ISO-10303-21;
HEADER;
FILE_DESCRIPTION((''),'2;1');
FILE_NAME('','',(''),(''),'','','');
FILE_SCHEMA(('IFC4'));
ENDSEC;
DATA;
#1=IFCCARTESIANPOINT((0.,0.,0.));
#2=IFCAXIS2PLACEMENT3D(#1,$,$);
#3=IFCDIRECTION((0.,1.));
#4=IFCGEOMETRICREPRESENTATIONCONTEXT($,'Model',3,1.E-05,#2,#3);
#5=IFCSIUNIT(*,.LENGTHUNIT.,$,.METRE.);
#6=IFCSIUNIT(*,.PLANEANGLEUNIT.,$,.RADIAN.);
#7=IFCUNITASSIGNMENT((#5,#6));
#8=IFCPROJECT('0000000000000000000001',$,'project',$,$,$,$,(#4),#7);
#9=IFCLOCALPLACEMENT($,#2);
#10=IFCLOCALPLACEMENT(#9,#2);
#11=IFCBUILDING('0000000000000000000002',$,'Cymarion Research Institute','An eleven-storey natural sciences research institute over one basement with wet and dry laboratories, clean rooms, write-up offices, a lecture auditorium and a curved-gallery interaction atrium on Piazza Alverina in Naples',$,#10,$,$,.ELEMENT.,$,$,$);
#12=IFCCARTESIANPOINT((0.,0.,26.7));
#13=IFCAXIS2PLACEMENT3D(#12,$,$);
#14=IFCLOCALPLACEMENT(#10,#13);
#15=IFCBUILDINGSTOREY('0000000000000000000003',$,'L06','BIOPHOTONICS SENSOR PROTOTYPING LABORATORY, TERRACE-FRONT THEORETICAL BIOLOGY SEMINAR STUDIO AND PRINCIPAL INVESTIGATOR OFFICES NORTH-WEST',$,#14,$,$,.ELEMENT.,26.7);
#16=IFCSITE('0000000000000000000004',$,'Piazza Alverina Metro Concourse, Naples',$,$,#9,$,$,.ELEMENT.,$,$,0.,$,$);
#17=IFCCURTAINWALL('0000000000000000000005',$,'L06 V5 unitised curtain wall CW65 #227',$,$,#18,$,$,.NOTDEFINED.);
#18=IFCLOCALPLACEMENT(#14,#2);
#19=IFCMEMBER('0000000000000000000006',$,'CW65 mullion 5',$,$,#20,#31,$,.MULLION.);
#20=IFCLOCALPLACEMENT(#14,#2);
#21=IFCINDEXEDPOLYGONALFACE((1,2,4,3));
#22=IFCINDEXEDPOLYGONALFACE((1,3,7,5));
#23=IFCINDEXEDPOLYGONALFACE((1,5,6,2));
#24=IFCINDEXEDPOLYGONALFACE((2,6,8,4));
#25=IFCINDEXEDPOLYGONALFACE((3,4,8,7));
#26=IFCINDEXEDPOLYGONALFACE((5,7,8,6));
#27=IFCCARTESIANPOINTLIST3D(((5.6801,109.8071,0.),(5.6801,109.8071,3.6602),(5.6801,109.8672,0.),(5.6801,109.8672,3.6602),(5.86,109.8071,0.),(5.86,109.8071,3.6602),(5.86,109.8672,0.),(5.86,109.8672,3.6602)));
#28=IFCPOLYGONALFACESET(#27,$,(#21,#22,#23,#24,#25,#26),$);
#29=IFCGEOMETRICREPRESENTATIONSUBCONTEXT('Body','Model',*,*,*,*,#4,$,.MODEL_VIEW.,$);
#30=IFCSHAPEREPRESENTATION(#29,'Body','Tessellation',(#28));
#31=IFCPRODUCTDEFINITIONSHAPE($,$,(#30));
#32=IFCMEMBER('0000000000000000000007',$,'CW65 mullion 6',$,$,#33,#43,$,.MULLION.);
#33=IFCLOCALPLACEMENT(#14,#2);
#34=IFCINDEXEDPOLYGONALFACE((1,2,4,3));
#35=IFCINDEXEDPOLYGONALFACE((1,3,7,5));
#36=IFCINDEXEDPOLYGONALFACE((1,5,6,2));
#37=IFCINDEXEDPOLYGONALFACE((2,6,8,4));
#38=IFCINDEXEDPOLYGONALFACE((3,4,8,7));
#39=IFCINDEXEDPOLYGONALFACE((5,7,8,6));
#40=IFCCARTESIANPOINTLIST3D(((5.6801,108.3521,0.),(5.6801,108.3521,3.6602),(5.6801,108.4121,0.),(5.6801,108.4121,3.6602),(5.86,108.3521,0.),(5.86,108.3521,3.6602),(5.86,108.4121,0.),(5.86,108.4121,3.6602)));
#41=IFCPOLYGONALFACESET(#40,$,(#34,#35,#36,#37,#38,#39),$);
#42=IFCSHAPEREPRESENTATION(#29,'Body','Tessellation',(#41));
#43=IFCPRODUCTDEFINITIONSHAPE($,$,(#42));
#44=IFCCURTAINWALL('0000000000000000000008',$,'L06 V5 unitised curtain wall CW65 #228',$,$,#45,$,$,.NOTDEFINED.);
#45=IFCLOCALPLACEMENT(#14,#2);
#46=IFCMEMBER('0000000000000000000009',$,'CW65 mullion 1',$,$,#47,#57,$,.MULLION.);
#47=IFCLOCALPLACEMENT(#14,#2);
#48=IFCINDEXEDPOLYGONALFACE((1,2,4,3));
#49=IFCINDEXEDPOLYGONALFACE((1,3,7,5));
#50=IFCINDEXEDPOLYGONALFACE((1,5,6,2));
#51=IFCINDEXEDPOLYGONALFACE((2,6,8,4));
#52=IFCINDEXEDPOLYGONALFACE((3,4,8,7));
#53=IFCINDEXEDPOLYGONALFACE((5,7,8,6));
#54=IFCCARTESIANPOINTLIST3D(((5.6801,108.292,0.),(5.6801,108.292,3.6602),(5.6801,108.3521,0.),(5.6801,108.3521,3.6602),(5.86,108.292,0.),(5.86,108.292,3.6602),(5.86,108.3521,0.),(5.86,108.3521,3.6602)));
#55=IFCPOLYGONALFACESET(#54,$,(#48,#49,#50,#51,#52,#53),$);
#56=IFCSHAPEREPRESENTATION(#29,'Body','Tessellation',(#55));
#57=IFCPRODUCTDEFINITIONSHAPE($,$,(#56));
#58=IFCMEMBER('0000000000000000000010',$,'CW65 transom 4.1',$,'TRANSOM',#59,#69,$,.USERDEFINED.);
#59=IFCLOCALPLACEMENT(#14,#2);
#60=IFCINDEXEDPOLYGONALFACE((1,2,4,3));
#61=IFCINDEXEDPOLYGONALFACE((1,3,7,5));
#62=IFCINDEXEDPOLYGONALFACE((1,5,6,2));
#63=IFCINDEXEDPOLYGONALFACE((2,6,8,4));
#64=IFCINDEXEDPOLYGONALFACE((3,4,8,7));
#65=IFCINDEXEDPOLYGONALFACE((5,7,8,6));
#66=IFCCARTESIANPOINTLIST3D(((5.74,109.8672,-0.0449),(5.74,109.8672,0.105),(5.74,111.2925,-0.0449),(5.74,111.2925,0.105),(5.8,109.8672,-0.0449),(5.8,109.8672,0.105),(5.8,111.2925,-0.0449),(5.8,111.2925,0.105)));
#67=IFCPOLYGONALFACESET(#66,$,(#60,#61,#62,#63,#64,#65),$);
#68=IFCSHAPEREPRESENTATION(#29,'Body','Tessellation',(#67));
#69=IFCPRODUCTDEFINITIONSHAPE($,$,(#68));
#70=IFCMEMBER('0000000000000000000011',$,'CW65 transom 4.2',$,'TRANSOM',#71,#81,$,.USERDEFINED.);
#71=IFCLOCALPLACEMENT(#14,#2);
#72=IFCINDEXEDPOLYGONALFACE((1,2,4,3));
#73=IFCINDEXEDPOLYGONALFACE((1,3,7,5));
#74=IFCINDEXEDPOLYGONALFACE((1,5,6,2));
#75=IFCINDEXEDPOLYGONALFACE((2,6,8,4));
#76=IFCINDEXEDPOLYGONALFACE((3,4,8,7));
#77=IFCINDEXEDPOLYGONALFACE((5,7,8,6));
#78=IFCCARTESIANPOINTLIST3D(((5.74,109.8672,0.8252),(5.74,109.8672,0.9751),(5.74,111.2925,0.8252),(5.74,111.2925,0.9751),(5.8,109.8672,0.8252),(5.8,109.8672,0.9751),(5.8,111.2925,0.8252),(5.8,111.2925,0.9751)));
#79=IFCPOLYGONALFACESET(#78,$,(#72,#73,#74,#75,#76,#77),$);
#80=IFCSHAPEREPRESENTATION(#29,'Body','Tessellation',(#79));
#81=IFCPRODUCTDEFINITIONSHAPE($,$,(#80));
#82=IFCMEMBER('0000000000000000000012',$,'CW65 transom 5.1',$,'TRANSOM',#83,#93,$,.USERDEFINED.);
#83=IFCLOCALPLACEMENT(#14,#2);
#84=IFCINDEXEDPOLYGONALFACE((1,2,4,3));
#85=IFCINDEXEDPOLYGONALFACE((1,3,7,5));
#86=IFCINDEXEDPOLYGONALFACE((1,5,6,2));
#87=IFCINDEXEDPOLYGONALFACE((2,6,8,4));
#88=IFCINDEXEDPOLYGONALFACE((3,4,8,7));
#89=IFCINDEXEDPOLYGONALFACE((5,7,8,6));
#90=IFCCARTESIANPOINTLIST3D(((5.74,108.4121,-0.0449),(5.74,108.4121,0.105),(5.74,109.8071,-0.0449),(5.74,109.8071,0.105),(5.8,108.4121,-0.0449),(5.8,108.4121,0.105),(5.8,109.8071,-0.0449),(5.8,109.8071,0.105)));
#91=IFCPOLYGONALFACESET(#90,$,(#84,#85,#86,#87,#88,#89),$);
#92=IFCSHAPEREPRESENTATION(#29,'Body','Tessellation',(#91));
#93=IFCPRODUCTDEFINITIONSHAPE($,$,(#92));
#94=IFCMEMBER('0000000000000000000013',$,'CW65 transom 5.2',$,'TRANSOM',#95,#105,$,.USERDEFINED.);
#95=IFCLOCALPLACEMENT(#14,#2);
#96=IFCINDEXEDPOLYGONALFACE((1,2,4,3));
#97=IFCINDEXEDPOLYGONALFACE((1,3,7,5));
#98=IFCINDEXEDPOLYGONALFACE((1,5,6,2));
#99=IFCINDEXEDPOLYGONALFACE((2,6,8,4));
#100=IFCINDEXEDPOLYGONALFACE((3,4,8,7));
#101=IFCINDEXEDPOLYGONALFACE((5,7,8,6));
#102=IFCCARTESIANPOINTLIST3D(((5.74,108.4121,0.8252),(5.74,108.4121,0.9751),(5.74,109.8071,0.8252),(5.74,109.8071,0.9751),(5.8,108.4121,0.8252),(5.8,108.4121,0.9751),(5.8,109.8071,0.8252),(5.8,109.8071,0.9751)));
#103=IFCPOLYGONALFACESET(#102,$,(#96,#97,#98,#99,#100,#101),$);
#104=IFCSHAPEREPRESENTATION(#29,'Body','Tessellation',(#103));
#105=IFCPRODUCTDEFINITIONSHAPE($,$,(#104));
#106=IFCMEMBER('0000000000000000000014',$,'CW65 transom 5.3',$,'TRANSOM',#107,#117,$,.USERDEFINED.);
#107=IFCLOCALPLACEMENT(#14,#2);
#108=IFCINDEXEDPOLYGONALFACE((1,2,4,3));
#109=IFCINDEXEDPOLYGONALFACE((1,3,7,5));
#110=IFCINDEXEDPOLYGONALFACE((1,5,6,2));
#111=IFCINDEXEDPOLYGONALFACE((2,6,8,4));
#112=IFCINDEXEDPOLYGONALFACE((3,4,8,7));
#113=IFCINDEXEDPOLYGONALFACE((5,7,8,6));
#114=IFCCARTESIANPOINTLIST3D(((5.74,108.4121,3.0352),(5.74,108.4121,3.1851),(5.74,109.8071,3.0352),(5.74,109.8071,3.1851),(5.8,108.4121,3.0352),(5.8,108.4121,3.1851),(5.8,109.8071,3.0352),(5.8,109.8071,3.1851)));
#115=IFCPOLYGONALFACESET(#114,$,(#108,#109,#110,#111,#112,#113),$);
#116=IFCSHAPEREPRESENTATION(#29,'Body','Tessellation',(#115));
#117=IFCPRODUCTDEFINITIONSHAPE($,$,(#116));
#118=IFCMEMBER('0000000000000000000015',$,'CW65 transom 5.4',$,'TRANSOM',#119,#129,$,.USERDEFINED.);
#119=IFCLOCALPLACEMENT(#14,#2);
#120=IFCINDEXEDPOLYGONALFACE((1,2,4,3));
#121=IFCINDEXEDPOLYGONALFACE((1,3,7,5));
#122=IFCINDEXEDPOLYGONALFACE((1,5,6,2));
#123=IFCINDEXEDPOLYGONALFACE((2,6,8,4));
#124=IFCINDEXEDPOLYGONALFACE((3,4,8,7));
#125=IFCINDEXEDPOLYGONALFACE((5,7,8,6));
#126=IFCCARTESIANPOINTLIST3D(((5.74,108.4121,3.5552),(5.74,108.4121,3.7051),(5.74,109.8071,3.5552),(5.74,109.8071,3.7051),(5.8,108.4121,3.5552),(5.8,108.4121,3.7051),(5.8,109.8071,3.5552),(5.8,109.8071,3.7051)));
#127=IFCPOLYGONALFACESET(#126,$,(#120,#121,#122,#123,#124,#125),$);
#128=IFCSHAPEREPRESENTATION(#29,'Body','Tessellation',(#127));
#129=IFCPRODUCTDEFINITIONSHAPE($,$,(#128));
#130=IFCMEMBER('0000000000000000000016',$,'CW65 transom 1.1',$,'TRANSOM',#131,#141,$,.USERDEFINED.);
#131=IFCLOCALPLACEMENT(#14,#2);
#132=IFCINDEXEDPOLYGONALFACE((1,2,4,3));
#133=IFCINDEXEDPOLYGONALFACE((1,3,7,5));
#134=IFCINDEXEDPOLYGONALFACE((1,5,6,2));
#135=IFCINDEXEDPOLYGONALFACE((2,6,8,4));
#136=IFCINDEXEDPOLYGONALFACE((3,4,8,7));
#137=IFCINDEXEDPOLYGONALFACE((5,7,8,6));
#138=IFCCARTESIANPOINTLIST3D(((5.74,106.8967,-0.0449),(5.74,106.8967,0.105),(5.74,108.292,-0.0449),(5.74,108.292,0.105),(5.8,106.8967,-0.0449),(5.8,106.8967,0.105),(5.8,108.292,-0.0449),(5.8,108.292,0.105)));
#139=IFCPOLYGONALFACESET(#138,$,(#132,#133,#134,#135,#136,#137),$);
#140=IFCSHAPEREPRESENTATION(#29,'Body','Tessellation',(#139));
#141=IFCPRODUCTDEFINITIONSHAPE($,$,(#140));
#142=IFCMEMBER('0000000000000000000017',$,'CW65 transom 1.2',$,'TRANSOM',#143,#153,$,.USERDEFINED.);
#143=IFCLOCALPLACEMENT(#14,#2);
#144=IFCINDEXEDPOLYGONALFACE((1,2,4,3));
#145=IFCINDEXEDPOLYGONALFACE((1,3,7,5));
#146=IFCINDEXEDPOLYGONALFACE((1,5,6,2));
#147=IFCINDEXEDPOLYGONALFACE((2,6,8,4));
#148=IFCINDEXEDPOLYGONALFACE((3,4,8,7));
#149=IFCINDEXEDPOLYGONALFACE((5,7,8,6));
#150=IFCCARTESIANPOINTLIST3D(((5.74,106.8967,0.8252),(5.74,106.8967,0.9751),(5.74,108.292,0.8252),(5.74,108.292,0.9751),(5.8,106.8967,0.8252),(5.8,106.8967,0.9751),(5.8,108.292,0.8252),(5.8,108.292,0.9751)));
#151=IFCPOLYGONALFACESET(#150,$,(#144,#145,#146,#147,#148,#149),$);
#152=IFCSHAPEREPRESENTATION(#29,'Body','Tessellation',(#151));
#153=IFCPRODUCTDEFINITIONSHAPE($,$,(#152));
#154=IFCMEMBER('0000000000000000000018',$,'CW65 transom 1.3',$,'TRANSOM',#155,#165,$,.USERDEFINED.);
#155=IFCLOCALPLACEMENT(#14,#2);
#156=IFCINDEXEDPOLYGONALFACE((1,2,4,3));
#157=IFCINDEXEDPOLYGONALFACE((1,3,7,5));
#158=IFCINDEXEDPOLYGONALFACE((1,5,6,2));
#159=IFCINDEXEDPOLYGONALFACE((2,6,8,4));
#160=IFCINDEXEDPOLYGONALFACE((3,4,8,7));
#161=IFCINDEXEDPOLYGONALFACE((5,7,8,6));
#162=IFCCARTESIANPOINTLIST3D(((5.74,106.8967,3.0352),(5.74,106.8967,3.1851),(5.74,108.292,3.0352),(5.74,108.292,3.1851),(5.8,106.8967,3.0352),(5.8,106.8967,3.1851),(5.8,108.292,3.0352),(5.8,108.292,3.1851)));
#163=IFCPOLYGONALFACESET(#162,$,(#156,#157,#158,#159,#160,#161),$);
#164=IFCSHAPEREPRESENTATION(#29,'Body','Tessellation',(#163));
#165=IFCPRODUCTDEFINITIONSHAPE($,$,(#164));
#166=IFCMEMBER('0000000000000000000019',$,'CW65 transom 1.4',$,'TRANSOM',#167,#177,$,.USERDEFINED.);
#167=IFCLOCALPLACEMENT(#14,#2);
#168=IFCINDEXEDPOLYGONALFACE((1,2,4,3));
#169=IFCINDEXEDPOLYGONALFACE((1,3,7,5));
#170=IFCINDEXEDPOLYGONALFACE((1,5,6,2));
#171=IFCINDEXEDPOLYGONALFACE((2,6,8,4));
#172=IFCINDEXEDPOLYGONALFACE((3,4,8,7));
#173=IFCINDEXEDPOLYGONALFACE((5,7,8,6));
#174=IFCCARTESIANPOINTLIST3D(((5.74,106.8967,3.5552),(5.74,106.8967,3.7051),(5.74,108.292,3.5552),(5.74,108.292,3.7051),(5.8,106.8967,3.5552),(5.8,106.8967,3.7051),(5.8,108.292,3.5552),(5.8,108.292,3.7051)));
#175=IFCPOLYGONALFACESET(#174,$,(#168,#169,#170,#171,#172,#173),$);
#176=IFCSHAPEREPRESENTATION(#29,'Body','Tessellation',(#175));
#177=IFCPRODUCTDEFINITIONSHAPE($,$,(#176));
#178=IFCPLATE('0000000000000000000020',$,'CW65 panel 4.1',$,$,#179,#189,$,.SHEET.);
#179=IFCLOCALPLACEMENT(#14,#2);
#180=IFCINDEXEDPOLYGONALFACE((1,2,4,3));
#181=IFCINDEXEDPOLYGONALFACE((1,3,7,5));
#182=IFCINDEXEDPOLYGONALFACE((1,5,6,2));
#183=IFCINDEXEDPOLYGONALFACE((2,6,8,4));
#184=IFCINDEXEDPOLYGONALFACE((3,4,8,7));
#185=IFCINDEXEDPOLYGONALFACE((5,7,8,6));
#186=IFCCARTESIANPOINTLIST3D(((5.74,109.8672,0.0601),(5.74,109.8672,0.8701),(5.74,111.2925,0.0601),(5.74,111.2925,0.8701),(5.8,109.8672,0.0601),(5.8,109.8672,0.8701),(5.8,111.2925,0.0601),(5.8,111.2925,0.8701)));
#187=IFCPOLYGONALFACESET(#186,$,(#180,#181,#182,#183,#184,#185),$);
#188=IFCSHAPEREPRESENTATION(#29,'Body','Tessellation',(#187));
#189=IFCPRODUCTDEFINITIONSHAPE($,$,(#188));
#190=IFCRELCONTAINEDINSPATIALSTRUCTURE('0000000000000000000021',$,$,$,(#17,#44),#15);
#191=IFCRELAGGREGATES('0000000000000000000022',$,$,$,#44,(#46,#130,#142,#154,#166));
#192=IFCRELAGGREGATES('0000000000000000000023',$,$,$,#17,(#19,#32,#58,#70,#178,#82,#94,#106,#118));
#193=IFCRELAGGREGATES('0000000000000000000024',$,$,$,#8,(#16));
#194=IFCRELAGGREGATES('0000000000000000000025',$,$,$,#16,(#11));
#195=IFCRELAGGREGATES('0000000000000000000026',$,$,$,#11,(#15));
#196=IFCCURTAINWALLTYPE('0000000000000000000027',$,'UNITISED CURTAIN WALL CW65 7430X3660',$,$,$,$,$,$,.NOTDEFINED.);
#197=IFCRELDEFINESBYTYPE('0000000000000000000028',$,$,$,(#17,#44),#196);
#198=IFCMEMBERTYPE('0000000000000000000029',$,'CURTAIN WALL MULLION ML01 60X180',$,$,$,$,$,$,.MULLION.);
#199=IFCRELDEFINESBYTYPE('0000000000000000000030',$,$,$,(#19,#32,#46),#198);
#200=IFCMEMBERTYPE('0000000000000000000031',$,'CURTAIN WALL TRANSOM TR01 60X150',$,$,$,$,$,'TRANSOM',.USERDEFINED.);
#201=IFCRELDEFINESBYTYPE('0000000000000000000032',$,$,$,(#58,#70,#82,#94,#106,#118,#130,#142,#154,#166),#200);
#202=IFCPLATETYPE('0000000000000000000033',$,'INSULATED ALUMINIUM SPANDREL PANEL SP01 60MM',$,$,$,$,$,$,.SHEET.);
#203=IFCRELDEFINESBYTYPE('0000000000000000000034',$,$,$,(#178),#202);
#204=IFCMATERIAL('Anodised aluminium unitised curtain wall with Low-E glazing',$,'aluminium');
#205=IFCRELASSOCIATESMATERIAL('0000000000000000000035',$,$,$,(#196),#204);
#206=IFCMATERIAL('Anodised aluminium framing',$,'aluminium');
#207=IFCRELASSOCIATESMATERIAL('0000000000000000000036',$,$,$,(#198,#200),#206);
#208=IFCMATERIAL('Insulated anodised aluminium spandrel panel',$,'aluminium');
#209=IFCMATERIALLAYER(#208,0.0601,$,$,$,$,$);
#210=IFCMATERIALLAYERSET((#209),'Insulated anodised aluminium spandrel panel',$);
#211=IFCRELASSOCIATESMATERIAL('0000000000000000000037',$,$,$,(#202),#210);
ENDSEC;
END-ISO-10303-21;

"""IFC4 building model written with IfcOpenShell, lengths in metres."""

from ifc_helpers import new_model, si_unit, direction, frame, origin, origin_2d, place, context, subcontext, project, spatial, rectangle, extrude, material, layer, layer_set, material_profile, profile_set, type_object, element, aggregate, save


model = new_model("IFC4")

# Units and contexts
model_context = context("Model", 3, precision=1e-05, world=origin(), true_north=direction((0.0, 1.0)))
body_context = subcontext(model_context, "Body", "Model", "MODEL_VIEW")
ifc_project = project(units=[si_unit("LENGTHUNIT", "METRE"), si_unit("PLANEANGLEUNIT", "RADIAN")], contexts=[model_context])

# Site, building, storey
site_placement = place(None, origin())
site = spatial("IfcSite", under=ifc_project, at=site_placement, Name="Piazza Alverina Metro Concourse, Naples", CompositionType="ELEMENT", RefElevation=0.0)
building_placement = place(site_placement, origin())
building = spatial("IfcBuilding", under=site, at=building_placement, Name="Cymarion Research Institute", Description="An eleven-storey natural sciences research institute over one basement with wet and dry laboratories, clean rooms, write-up offices, a lecture auditorium and a curved-gallery interaction atrium on Piazza Alverina in Naples", CompositionType="ELEMENT")
storey_placement = place(building_placement, frame((0.0, 0.0, 26.7)))
storey = spatial("IfcBuildingStorey", under=building, at=storey_placement, Name="L06", Description="BIOPHOTONICS SENSOR PROTOTYPING LABORATORY, TERRACE-FRONT THEORETICAL BIOLOGY SEMINAR STUDIO AND PRINCIPAL INVESTIGATOR OFFICES NORTH-WEST", CompositionType="ELEMENT", Elevation=26.7)

# Curtain wall, members
ifc_material_1 = material(Name="Anodised aluminium unitised curtain wall with Low-E glazing", Category="aluminium")
curtain_wall_type = type_object("IfcCurtainWallType", Name="UNITISED CURTAIN WALL CW65 7430X3660", PredefinedType="NOTDEFINED", material=ifc_material_1)
curtain_wall_1_placement = place(storey_placement, origin())
curtain_wall_1 = element("IfcCurtainWall", 1, at=curtain_wall_1_placement, inside=storey, type_object=curtain_wall_type, Name="L06 V5 unitised curtain wall CW65 #227", PredefinedType="NOTDEFINED")
ifc_material_2 = material(Name="Anodised aluminium framing", Category="aluminium")
ifc_material_profile_1 = material_profile(ifc_material_2, rectangle(XDim=0.0601, YDim=0.1799, at=origin_2d()), Name="ALU MULLION 60x180")
ifc_profile_set_1 = profile_set([ifc_material_profile_1], Name="Anodised aluminium framing")
member_type_1 = type_object("IfcMemberType", Name="CURTAIN WALL MULLION ML01 60X180", PredefinedType="MULLION", material=ifc_profile_set_1)
member_1_placement = place(storey_placement, frame((5.77, 109.8372, 0.0), z_axis=(0.0, 0.0, 1.0), x_axis=(0.0, -1.0, 0.0)))
member_1 = element("IfcMember", 2, at=member_1_placement, type_object=member_type_1, Name="CW65 mullion 5", PredefinedType="MULLION", context=body_context, shape_type="SweptSolid", body=[
    extrude(rectangle(XDim=0.0601, YDim=0.1799, at=origin_2d()), origin(), (0.0, 0.0, 1.0), 3.6602),
])
member_2_placement = place(storey_placement, frame((5.77, 108.3821, 0.0), z_axis=(0.0, 0.0, 1.0), x_axis=(0.0, -1.0, 0.0)))
member_2 = element("IfcMember", 3, at=member_2_placement, type_object=member_type_1, Name="CW65 mullion 6", PredefinedType="MULLION", context=body_context, shape_type="SweptSolid", body=[
    extrude(rectangle(XDim=0.0601, YDim=0.1799, at=origin_2d()), origin(), (0.0, 0.0, 1.0), 3.6602),
])

# Curtain wall, member
curtain_wall_2_placement = place(storey_placement, origin())
curtain_wall_2 = element("IfcCurtainWall", 4, at=curtain_wall_2_placement, inside=storey, type_object=curtain_wall_type, Name="L06 V5 unitised curtain wall CW65 #228", PredefinedType="NOTDEFINED")
member_3_placement = place(storey_placement, frame((5.77, 108.322, 0.0), z_axis=(0.0, 0.0, 1.0), x_axis=(0.0, -1.0, 0.0)))
member_3 = element("IfcMember", 5, at=member_3_placement, type_object=member_type_1, Name="CW65 mullion 1", PredefinedType="MULLION", context=body_context, shape_type="SweptSolid", body=[
    extrude(rectangle(XDim=0.0601, YDim=0.1799, at=origin_2d()), origin(), (0.0, 0.0, 1.0), 3.6602),
])

# Members
ifc_material_profile_2 = material_profile(ifc_material_2, rectangle(XDim=0.0601, YDim=0.1499, at=origin_2d()), Name="ALU TRANSOM 60x150")
ifc_profile_set_2 = profile_set([ifc_material_profile_2], Name="Anodised aluminium framing")
member_type_2 = type_object("IfcMemberType", Name="CURTAIN WALL TRANSOM TR01 60X150", ElementType="TRANSOM", PredefinedType="USERDEFINED", material=ifc_profile_set_2)
member_4_placement = place(storey_placement, frame((5.77, 111.2925, 0.03), z_axis=(0.0, -1.0, 0.0), x_axis=(1.0, 0.0, 0.0)))
member_4 = element("IfcMember", 6, at=member_4_placement, type_object=member_type_2, Name="CW65 transom 4.1", ObjectType="TRANSOM", PredefinedType="USERDEFINED", context=body_context, shape_type="SweptSolid", body=[
    extrude(rectangle(XDim=0.0601, YDim=0.1499, at=origin_2d()), origin(), (0.0, 0.0, 1.0), 1.4253),
])
member_5_placement = place(storey_placement, frame((5.77, 111.2925, 0.9001), z_axis=(0.0, -1.0, 0.0), x_axis=(1.0, 0.0, 0.0)))
member_5 = element("IfcMember", 7, at=member_5_placement, type_object=member_type_2, Name="CW65 transom 4.2", ObjectType="TRANSOM", PredefinedType="USERDEFINED", context=body_context, shape_type="SweptSolid", body=[
    extrude(rectangle(XDim=0.0601, YDim=0.1499, at=origin_2d()), origin(), (0.0, 0.0, 1.0), 1.4253),
])
member_6_placement = place(storey_placement, frame((5.77, 109.8071, 0.03), z_axis=(0.0, -1.0, 0.0), x_axis=(1.0, 0.0, 0.0)))
member_6 = element("IfcMember", 8, at=member_6_placement, type_object=member_type_2, Name="CW65 transom 5.1", ObjectType="TRANSOM", PredefinedType="USERDEFINED", context=body_context, shape_type="SweptSolid", body=[
    extrude(rectangle(XDim=0.0601, YDim=0.1499, at=origin_2d()), origin(), (0.0, 0.0, 1.0), 1.395),
])
member_7_placement = place(storey_placement, frame((5.77, 109.8071, 0.9001), z_axis=(0.0, -1.0, 0.0), x_axis=(1.0, 0.0, 0.0)))
member_7 = element("IfcMember", 9, at=member_7_placement, type_object=member_type_2, Name="CW65 transom 5.2", ObjectType="TRANSOM", PredefinedType="USERDEFINED", context=body_context, shape_type="SweptSolid", body=[
    extrude(rectangle(XDim=0.0601, YDim=0.1499, at=origin_2d()), origin(), (0.0, 0.0, 1.0), 1.395),
])
member_8_placement = place(storey_placement, frame((5.77, 109.8071, 3.1101), z_axis=(0.0, -1.0, 0.0), x_axis=(1.0, 0.0, 0.0)))
member_8 = element("IfcMember", 10, at=member_8_placement, type_object=member_type_2, Name="CW65 transom 5.3", ObjectType="TRANSOM", PredefinedType="USERDEFINED", context=body_context, shape_type="SweptSolid", body=[
    extrude(rectangle(XDim=0.0601, YDim=0.1499, at=origin_2d()), origin(), (0.0, 0.0, 1.0), 1.395),
])
member_9_placement = place(storey_placement, frame((5.77, 109.8071, 3.6301), z_axis=(0.0, -1.0, 0.0), x_axis=(1.0, 0.0, 0.0)))
member_9 = element("IfcMember", 11, at=member_9_placement, type_object=member_type_2, Name="CW65 transom 5.4", ObjectType="TRANSOM", PredefinedType="USERDEFINED", context=body_context, shape_type="SweptSolid", body=[
    extrude(rectangle(XDim=0.0601, YDim=0.1499, at=origin_2d()), origin(), (0.0, 0.0, 1.0), 1.395),
])
member_10_placement = place(storey_placement, frame((5.77, 108.292, 0.03), z_axis=(0.0, -1.0, 0.0), x_axis=(1.0, 0.0, 0.0)))
member_10 = element("IfcMember", 12, at=member_10_placement, type_object=member_type_2, Name="CW65 transom 1.1", ObjectType="TRANSOM", PredefinedType="USERDEFINED", context=body_context, shape_type="SweptSolid", body=[
    extrude(rectangle(XDim=0.0601, YDim=0.1499, at=origin_2d()), origin(), (0.0, 0.0, 1.0), 1.3953),
])
member_11_placement = place(storey_placement, frame((5.77, 108.292, 0.9001), z_axis=(0.0, -1.0, 0.0), x_axis=(1.0, 0.0, 0.0)))
member_11 = element("IfcMember", 13, at=member_11_placement, type_object=member_type_2, Name="CW65 transom 1.2", ObjectType="TRANSOM", PredefinedType="USERDEFINED", context=body_context, shape_type="SweptSolid", body=[
    extrude(rectangle(XDim=0.0601, YDim=0.1499, at=origin_2d()), origin(), (0.0, 0.0, 1.0), 1.3953),
])
member_12_placement = place(storey_placement, frame((5.77, 108.292, 3.1101), z_axis=(0.0, -1.0, 0.0), x_axis=(1.0, 0.0, 0.0)))
member_12 = element("IfcMember", 14, at=member_12_placement, type_object=member_type_2, Name="CW65 transom 1.3", ObjectType="TRANSOM", PredefinedType="USERDEFINED", context=body_context, shape_type="SweptSolid", body=[
    extrude(rectangle(XDim=0.0601, YDim=0.1499, at=origin_2d()), origin(), (0.0, 0.0, 1.0), 1.3953),
])
member_13_placement = place(storey_placement, frame((5.77, 108.292, 3.6301), z_axis=(0.0, -1.0, 0.0), x_axis=(1.0, 0.0, 0.0)))
member_13 = element("IfcMember", 15, at=member_13_placement, type_object=member_type_2, Name="CW65 transom 1.4", ObjectType="TRANSOM", PredefinedType="USERDEFINED", context=body_context, shape_type="SweptSolid", body=[
    extrude(rectangle(XDim=0.0601, YDim=0.1499, at=origin_2d()), origin(), (0.0, 0.0, 1.0), 1.3953),
])
aggregate(curtain_wall_2, [member_3, member_10, member_11, member_12, member_13])

# Plate
ifc_material_3 = material(Name="Insulated anodised aluminium spandrel panel", Category="aluminium")
ifc_layer_1 = layer(ifc_material_3, 0.0601)
ifc_layer_set_1 = layer_set([ifc_layer_1], Name="Insulated anodised aluminium spandrel panel")
plate_type_1 = type_object("IfcPlateType", Name="INSULATED ALUMINIUM SPANDREL PANEL SP01 60MM", PredefinedType="SHEET", material=ifc_layer_set_1)
plate_1_placement = place(storey_placement, frame((5.77, 110.5798, 0.0601), z_axis=(0.0, 0.0, 1.0), x_axis=(0.0, -1.0, 0.0)))
plate_1 = element("IfcPlate", 16, at=plate_1_placement, type_object=plate_type_1, Name="CW65 panel 4.1", PredefinedType="SHEET", context=body_context, shape_type="SweptSolid", body=[
    extrude(rectangle(XDim=1.4253, YDim=0.0601, at=origin_2d()), origin(), (0.0, 0.0, 1.0), 0.8101),
])
aggregate(curtain_wall_1, [member_1, member_2, member_4, member_5, plate_1, member_6, member_7, member_8, member_9])

save(model, "model.ifc")
